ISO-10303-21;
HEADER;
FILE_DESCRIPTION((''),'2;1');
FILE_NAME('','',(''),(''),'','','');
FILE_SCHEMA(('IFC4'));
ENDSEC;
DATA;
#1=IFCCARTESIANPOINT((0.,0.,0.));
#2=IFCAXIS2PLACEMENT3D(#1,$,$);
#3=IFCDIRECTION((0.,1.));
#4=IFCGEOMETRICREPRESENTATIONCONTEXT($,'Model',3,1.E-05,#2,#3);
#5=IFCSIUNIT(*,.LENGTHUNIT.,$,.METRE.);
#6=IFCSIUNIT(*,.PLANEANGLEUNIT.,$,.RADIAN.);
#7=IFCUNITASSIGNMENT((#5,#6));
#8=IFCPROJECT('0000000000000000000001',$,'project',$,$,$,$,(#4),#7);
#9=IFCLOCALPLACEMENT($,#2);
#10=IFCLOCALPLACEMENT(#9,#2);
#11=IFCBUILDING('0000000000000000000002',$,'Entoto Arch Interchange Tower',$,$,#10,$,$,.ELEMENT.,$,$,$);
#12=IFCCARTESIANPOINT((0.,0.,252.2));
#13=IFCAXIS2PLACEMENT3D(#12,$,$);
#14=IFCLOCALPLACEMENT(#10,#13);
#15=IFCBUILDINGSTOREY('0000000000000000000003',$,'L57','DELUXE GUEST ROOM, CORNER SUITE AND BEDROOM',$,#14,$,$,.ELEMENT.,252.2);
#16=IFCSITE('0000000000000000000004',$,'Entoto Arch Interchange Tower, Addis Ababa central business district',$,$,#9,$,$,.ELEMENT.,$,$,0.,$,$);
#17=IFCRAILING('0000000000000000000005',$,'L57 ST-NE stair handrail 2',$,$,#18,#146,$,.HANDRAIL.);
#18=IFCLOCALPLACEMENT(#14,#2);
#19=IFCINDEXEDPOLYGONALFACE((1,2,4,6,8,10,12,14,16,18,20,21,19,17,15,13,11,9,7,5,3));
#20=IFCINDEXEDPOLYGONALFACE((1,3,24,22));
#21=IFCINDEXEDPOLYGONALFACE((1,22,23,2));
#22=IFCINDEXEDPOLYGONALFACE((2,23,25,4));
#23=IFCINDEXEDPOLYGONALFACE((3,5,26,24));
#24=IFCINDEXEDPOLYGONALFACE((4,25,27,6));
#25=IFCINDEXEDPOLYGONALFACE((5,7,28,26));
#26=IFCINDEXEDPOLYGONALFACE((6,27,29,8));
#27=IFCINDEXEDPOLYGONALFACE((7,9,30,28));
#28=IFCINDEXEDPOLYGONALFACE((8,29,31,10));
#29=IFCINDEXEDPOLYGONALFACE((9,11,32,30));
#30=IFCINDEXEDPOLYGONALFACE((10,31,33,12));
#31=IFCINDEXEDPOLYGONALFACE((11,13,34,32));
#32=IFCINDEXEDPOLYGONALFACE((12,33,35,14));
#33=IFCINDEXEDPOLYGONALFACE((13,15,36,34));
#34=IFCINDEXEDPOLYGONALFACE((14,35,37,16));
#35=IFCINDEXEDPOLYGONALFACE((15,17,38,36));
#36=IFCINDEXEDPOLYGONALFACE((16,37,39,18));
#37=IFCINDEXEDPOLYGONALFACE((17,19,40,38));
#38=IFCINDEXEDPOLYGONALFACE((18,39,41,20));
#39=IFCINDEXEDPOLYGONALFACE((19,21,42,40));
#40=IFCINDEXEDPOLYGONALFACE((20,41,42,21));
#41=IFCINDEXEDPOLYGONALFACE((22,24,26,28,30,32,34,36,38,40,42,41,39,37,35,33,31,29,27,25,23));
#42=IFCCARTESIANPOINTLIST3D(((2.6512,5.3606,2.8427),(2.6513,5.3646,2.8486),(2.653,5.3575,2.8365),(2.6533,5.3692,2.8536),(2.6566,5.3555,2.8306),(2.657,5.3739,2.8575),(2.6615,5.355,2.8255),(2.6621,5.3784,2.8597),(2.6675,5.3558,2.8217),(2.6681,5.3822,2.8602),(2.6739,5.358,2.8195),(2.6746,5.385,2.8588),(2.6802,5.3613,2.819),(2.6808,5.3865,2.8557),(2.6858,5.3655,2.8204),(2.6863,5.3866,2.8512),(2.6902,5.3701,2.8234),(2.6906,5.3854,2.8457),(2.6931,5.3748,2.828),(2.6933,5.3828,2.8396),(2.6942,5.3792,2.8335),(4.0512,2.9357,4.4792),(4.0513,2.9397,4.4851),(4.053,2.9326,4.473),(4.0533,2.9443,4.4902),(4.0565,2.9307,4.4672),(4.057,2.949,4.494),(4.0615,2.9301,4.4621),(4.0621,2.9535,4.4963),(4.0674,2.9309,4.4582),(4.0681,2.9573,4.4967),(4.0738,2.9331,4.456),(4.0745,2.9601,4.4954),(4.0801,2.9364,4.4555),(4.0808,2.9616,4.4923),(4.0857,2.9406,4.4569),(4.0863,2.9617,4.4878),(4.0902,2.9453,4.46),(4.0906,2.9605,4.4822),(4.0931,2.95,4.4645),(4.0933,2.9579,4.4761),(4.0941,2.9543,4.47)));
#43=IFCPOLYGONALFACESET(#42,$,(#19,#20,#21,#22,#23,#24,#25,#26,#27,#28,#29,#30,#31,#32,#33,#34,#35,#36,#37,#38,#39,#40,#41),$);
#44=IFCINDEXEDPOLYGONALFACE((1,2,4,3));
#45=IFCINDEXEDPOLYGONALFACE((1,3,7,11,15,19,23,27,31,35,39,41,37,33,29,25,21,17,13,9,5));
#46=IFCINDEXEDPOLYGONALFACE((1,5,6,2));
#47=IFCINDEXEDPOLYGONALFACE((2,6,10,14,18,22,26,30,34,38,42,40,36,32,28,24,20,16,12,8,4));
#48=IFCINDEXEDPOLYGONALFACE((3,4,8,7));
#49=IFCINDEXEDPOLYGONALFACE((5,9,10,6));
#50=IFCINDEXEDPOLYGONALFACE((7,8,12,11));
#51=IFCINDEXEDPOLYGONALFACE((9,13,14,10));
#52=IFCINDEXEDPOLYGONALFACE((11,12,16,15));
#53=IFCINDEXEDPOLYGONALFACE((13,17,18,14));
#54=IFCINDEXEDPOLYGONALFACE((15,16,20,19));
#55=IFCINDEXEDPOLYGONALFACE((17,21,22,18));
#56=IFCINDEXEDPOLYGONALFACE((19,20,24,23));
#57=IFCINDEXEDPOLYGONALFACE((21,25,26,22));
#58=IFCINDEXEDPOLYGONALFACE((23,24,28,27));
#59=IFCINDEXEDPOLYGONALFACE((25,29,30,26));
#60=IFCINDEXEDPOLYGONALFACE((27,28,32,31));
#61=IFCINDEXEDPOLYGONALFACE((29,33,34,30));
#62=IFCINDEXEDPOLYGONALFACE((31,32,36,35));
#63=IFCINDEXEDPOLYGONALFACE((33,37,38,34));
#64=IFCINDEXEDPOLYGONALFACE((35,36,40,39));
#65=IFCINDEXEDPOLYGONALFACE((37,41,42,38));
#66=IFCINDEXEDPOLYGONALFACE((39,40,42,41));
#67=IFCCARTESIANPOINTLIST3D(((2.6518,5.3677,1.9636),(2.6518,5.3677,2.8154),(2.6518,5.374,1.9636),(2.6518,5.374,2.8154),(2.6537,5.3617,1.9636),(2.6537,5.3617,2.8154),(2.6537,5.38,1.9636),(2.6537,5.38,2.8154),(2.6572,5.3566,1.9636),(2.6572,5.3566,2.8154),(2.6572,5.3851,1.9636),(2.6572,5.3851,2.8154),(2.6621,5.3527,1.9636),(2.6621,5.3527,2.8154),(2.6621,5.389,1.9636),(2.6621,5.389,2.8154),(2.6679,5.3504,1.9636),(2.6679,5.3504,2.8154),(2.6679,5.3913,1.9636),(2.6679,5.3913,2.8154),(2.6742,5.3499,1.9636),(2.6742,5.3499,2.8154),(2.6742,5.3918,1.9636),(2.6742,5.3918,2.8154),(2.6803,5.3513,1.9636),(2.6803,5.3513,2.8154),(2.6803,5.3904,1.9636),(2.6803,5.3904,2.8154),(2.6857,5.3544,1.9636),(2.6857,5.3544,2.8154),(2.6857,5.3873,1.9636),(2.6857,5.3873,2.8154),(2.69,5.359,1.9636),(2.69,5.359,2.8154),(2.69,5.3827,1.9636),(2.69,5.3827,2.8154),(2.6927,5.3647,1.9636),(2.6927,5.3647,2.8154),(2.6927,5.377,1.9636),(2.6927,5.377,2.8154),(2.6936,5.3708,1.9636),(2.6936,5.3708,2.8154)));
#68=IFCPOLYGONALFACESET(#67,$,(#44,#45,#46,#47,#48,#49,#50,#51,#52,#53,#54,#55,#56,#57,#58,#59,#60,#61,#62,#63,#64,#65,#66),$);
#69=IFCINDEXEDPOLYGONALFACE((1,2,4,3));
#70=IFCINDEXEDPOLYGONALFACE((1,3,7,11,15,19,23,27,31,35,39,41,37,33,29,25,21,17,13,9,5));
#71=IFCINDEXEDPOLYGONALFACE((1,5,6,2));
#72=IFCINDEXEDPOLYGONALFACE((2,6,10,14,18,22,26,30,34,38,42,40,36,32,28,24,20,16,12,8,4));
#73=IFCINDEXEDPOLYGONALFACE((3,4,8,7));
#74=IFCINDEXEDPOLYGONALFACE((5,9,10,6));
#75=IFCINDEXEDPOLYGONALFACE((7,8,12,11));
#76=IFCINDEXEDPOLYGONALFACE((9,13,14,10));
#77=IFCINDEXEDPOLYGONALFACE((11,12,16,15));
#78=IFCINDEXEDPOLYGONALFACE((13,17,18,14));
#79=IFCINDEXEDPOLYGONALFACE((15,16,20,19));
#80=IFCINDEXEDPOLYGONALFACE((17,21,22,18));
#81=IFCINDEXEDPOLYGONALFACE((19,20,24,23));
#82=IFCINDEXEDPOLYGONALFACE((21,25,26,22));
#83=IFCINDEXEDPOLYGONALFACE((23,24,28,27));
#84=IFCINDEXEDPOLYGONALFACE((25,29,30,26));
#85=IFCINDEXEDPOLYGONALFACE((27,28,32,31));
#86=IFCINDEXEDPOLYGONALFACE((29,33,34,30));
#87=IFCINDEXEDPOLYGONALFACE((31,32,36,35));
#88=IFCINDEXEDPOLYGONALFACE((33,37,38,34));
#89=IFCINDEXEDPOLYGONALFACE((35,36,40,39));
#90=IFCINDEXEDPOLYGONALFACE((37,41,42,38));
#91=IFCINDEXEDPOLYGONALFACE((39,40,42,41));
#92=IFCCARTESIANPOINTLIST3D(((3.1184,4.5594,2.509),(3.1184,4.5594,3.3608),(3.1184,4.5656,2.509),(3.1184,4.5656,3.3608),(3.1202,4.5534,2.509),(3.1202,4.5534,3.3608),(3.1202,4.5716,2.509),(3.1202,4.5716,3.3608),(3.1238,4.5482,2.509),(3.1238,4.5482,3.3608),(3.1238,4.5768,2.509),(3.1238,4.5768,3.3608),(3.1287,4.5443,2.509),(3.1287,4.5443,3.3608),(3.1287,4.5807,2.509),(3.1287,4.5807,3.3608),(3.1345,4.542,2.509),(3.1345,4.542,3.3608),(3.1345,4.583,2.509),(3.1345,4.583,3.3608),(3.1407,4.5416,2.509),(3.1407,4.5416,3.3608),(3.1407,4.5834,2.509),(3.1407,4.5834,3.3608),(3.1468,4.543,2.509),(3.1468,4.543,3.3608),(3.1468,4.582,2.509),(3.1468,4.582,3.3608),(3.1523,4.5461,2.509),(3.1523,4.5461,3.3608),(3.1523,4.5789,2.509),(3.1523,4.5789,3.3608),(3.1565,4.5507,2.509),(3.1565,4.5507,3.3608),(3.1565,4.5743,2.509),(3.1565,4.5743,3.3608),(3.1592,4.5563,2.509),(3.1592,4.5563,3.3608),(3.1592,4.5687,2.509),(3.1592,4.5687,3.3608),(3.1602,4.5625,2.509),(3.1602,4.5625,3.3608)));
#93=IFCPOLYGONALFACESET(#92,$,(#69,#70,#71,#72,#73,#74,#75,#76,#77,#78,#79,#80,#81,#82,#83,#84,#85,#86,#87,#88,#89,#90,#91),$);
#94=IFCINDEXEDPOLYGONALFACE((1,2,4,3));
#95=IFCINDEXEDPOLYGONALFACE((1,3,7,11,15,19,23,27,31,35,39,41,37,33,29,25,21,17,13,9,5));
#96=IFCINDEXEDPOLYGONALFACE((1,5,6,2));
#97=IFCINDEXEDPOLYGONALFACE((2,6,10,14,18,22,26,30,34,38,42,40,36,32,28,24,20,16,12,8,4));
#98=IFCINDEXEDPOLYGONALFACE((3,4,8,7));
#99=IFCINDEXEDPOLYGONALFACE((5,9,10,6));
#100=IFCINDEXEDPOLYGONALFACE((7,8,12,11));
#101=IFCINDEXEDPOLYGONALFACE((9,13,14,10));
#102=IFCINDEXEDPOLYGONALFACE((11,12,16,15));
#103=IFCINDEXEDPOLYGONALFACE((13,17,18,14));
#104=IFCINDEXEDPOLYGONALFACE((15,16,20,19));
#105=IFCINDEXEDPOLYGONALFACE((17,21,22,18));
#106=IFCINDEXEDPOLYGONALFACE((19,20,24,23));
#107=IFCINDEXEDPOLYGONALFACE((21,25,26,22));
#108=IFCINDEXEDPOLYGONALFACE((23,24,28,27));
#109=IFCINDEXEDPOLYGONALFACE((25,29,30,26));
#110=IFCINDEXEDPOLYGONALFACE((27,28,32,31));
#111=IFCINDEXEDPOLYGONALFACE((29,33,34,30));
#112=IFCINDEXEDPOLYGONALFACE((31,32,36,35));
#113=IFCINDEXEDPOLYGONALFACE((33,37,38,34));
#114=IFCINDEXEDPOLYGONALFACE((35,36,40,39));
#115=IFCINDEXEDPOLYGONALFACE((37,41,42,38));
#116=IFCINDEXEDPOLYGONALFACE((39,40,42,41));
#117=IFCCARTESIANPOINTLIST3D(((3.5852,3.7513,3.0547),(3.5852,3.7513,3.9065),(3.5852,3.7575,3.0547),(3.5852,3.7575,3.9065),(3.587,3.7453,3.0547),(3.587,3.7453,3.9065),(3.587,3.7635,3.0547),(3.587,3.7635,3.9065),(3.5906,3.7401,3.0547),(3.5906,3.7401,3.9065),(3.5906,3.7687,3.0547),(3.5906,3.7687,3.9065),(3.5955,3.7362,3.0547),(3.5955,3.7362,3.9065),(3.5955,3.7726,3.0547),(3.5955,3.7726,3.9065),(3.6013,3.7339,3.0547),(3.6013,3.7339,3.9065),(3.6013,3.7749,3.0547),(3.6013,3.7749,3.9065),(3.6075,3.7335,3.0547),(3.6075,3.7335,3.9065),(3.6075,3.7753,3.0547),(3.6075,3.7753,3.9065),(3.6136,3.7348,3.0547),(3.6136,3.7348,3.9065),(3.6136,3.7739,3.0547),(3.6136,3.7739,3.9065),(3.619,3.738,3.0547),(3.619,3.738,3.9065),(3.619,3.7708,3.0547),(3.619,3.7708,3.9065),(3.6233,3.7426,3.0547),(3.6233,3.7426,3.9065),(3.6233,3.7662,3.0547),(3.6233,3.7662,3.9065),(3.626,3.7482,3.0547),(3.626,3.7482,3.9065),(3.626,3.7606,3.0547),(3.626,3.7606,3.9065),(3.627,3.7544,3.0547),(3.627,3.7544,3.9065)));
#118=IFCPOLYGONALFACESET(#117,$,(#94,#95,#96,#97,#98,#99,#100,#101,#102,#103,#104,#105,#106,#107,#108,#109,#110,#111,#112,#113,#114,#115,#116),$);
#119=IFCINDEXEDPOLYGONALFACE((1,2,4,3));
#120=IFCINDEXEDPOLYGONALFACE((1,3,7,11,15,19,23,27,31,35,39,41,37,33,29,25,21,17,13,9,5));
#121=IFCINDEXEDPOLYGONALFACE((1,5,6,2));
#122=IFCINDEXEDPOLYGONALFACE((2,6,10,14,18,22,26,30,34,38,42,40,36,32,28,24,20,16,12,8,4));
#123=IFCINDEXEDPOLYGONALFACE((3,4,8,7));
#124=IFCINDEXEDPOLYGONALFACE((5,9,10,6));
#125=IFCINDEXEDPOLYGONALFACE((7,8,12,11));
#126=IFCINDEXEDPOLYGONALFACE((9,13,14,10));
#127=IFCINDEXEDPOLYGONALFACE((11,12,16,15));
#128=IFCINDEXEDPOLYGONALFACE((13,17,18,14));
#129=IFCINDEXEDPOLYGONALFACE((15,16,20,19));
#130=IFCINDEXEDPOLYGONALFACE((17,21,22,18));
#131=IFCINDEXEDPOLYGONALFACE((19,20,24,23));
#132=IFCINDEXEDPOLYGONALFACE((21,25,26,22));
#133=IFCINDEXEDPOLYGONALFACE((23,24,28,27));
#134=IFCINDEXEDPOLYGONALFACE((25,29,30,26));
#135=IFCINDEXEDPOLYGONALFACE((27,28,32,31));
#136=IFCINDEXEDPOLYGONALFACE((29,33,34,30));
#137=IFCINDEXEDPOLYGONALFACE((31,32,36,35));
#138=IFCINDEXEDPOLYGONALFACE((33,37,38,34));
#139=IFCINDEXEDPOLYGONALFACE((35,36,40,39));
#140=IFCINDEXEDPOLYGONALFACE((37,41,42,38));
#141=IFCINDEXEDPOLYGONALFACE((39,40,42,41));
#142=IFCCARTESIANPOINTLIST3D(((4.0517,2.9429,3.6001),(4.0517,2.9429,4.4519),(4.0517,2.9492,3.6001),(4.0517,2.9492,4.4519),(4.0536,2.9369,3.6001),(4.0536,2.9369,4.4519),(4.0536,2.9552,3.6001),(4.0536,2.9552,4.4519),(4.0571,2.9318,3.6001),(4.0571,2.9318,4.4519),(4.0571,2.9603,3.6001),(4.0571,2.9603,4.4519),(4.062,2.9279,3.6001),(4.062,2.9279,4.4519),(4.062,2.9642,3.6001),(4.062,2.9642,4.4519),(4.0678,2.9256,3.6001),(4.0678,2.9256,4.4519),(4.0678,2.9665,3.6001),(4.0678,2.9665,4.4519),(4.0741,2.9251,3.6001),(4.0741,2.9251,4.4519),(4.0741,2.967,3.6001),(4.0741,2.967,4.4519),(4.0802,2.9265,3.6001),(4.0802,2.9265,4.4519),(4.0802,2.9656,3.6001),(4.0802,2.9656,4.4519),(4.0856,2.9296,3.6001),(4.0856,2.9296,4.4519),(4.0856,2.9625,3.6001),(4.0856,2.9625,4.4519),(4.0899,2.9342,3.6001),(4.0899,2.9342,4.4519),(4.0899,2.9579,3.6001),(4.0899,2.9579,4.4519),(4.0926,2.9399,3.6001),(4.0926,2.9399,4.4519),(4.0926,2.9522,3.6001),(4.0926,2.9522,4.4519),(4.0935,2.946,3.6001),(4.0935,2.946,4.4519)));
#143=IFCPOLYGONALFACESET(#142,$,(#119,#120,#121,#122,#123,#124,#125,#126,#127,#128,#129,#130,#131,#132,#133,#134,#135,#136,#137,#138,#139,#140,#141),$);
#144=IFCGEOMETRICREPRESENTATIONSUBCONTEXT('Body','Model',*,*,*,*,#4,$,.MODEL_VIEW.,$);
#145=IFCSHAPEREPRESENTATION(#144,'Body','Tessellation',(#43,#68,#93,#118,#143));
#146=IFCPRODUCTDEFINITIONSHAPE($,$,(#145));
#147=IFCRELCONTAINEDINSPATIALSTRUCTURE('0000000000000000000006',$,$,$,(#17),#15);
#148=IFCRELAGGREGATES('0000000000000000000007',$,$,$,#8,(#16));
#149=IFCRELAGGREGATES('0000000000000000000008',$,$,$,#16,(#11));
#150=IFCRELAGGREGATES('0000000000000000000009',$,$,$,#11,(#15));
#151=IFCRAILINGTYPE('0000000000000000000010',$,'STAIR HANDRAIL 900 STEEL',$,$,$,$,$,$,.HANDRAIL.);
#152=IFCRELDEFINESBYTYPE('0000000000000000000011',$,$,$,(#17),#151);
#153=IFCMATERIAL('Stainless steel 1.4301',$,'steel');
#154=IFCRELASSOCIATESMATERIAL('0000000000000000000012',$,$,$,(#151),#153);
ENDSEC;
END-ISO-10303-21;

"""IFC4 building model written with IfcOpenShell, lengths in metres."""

from ifc_helpers import new_model, si_unit, direction, frame, origin, origin_2d, place, context, subcontext, project, spatial, circle, extrude, material, type_object, element, save


model = new_model("IFC4")

# Units and contexts
model_context = context("Model", 3, precision=1e-05, world=origin(), true_north=direction((0.0, 1.0)))
body_context = subcontext(model_context, "Body", "Model", "MODEL_VIEW")
ifc_project = project(units=[si_unit("LENGTHUNIT", "METRE"), si_unit("PLANEANGLEUNIT", "RADIAN")], contexts=[model_context])

# Site, building, storey
site_placement = place(None, origin())
site = spatial("IfcSite", under=ifc_project, at=site_placement, Name="Entoto Arch Interchange Tower, Addis Ababa central business district", CompositionType="ELEMENT", RefElevation=0.0)
building_placement = place(site_placement, origin())
building = spatial("IfcBuilding", under=site, at=building_placement, Name="Entoto Arch Interchange Tower", CompositionType="ELEMENT")
storey_placement = place(building_placement, frame((0.0, 0.0, 252.2)))
storey = spatial("IfcBuildingStorey", under=building, at=storey_placement, Name="L57", Description="DELUXE GUEST ROOM, CORNER SUITE AND BEDROOM", CompositionType="ELEMENT", Elevation=252.2)

# Railing
ifc_material_1 = material(Name="Stainless steel 1.4301", Category="steel")
railing_type_1 = type_object("IfcRailingType", Name="STAIR HANDRAIL 900 STEEL", PredefinedType="HANDRAIL", material=ifc_material_1)
railing_1_placement = place(storey_placement, frame((2.6726, 5.3708, 1.9636)))
element("IfcRailing", 1, at=railing_1_placement, inside=storey, type_object=railing_type_1, Name="L57 ST-NE stair handrail 2", PredefinedType="HANDRAIL", context=body_context, shape_type="SweptSolid", body=[
    extrude(circle(Radius=0.0239, at=origin_2d()), frame((0.0, 0.0, 0.876), z_axis=(0.431661, -0.74769, 0.504608), x_axis=(0.866035, 0.499984, 0.0)), (0.0, 0.0, 1.0), 3.2432),
    extrude(circle(Radius=0.021, at=origin_2d()), origin(), (0.0, 0.0, 1.0), 0.8518),
    extrude(circle(Radius=0.021, at=origin_2d()), frame((0.4666, -0.8083, 0.5454)), (0.0, 0.0, 1.0), 0.8518),
    extrude(circle(Radius=0.021, at=origin_2d()), frame((0.9333, -1.6165, 1.0911)), (0.0, 0.0, 1.0), 0.8518),
    extrude(circle(Radius=0.021, at=origin_2d()), frame((1.3999, -2.4248, 1.6365)), (0.0, 0.0, 1.0), 0.8518),
])

save(model, "model.ifc")
